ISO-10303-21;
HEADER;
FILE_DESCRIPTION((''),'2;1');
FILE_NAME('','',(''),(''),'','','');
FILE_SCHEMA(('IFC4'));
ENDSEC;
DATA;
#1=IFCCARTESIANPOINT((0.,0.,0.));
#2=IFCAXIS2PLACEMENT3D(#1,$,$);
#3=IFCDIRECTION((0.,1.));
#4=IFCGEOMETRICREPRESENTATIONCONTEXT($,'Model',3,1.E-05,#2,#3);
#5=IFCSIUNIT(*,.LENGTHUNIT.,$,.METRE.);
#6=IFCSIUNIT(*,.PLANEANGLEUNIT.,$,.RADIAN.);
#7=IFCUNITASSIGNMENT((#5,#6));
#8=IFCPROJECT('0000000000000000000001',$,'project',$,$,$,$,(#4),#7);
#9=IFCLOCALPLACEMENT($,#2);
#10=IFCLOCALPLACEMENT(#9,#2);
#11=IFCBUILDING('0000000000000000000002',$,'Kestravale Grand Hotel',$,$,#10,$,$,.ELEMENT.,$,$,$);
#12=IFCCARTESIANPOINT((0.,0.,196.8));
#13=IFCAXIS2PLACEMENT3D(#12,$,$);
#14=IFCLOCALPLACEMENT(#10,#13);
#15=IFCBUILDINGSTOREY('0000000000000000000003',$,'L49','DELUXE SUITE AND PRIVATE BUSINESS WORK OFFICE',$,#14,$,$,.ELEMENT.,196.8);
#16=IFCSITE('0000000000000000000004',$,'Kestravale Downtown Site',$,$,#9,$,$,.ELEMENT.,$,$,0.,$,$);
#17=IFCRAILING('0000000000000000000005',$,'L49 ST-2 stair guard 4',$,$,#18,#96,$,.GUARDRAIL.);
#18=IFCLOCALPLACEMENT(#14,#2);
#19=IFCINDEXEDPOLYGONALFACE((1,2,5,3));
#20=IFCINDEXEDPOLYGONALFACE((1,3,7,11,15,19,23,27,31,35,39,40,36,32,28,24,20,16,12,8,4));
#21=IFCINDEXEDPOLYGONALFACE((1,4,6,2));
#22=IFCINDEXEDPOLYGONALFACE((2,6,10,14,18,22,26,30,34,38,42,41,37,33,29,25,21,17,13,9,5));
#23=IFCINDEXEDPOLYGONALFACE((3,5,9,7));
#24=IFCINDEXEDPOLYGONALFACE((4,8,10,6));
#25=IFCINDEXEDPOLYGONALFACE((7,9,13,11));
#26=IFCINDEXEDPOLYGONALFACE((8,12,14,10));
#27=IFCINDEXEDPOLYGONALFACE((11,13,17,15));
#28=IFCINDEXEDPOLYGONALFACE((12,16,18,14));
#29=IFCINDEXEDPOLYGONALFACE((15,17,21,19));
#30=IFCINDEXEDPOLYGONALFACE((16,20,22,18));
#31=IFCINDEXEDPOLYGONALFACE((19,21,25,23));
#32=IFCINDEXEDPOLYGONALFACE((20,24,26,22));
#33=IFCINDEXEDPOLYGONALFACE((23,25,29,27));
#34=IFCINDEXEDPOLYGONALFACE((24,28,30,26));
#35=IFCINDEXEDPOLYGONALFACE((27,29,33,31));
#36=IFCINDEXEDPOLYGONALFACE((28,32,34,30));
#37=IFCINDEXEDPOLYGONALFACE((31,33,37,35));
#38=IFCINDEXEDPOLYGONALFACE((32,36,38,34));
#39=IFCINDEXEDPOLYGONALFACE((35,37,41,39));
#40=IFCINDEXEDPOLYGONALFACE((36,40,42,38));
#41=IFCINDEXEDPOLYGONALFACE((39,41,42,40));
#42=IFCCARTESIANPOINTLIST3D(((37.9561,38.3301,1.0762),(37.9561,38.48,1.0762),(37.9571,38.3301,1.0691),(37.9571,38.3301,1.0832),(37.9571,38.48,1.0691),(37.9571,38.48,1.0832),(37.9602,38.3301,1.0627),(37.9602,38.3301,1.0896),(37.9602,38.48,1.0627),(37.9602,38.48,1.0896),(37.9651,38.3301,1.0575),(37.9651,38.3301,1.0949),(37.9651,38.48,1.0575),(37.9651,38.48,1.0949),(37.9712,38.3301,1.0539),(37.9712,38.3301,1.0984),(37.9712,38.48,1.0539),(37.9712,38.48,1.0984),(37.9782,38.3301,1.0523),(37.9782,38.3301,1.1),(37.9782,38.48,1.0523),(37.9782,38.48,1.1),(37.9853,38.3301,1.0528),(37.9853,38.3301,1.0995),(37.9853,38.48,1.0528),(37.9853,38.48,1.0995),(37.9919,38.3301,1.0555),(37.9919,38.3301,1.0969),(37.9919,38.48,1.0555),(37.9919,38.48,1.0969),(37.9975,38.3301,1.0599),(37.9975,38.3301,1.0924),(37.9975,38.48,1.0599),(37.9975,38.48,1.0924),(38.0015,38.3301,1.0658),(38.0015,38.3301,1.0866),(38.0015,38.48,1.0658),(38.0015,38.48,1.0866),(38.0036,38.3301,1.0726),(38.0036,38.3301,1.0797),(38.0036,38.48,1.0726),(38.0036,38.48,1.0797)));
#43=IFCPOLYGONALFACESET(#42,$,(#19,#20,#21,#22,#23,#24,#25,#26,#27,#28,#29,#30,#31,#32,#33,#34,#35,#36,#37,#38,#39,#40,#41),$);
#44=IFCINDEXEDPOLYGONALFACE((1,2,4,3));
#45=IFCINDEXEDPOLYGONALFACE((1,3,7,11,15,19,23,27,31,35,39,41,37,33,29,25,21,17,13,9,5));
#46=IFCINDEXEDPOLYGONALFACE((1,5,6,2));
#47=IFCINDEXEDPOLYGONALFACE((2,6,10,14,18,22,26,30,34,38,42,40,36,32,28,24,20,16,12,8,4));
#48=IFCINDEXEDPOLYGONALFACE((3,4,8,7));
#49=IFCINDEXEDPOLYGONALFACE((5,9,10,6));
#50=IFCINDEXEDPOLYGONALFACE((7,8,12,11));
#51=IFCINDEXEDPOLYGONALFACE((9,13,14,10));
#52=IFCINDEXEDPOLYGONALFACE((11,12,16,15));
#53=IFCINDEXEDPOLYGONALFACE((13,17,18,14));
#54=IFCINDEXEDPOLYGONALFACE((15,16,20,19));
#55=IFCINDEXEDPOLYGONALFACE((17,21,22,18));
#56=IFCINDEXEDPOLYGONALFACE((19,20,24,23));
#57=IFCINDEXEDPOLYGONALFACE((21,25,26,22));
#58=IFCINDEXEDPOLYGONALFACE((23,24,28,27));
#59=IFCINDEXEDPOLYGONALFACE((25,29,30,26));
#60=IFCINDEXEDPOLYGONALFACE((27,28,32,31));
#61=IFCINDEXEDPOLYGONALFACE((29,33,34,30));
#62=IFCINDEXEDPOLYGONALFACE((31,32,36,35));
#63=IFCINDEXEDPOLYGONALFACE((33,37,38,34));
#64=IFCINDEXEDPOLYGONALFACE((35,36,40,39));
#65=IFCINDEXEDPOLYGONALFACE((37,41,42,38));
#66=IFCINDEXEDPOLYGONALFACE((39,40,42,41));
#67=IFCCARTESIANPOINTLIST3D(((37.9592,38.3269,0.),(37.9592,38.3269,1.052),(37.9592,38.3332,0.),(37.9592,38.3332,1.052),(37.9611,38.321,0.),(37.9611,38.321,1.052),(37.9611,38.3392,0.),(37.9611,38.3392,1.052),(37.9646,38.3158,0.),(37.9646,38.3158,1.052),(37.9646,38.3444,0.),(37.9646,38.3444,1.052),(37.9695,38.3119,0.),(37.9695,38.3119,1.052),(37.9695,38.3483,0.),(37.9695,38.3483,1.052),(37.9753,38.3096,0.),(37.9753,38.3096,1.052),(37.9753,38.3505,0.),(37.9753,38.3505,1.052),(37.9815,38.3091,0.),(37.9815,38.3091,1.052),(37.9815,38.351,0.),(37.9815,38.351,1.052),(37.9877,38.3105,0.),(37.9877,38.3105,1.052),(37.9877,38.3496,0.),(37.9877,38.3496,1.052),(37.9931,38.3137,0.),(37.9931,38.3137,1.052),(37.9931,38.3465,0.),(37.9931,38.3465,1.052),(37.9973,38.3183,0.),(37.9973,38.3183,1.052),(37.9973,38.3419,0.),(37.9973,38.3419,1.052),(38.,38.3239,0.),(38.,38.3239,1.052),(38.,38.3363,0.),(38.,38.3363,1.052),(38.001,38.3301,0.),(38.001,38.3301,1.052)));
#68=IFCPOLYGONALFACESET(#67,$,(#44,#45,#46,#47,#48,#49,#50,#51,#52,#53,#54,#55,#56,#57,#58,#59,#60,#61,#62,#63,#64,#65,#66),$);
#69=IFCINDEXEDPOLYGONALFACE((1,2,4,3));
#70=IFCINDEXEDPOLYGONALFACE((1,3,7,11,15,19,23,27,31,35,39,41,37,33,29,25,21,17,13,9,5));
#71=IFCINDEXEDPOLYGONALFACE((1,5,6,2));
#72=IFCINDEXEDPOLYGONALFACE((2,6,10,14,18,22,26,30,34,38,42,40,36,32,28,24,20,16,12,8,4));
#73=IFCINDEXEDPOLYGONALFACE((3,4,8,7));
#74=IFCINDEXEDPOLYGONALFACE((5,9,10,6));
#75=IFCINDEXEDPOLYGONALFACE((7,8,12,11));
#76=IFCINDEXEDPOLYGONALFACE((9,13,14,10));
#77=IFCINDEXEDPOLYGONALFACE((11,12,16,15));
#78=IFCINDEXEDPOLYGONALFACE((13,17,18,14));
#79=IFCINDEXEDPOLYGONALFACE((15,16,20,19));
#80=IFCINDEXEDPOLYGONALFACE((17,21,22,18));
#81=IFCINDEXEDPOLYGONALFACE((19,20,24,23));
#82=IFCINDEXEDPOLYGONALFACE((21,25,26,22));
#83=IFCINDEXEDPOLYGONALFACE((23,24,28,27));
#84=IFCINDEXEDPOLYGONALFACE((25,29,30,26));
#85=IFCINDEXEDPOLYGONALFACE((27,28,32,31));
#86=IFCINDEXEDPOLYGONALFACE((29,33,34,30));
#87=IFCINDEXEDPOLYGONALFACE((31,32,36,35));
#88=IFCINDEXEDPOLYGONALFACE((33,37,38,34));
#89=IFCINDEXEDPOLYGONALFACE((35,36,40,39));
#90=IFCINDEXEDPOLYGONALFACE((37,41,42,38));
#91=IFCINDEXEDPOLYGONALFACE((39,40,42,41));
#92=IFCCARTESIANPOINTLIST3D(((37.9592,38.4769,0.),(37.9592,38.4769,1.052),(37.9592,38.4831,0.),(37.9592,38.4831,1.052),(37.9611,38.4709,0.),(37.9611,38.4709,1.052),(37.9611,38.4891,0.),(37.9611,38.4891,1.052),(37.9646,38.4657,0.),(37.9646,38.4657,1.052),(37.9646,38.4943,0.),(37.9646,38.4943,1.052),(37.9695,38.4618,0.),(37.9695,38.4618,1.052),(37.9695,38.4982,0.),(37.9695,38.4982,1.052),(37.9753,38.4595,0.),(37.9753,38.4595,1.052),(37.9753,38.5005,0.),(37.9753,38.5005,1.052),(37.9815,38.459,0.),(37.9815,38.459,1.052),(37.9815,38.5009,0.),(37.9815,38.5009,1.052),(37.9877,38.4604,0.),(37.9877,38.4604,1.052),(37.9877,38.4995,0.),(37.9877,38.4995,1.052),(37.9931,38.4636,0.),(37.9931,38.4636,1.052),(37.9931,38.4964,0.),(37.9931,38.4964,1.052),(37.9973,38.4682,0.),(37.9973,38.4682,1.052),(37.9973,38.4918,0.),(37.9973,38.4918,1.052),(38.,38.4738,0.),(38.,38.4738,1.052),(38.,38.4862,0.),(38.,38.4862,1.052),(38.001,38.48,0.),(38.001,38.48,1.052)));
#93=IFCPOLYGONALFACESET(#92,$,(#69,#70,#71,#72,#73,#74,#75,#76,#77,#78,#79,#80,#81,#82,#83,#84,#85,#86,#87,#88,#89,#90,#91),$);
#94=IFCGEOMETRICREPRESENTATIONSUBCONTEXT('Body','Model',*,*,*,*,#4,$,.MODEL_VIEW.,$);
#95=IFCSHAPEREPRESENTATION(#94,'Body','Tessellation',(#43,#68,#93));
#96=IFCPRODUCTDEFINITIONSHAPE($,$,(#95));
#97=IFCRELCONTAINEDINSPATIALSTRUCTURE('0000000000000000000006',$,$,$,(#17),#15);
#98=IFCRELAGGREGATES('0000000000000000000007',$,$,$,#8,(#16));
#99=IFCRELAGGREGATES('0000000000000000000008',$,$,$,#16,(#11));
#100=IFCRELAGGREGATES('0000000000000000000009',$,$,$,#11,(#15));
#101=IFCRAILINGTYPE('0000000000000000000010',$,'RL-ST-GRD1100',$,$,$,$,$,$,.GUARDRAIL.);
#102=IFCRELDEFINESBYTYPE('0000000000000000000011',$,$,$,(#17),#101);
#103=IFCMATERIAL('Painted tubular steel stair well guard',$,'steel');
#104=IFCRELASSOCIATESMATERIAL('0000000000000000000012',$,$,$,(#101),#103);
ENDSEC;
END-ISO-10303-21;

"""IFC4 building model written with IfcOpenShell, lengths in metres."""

from ifc_helpers import new_model, si_unit, direction, frame, origin, origin_2d, place, context, subcontext, project, spatial, circle, extrude, material, type_object, element, save


model = new_model("IFC4")

# Units and contexts
model_context = context("Model", 3, precision=1e-05, world=origin(), true_north=direction((0.0, 1.0)))
body_context = subcontext(model_context, "Body", "Model", "MODEL_VIEW")
ifc_project = project(units=[si_unit("LENGTHUNIT", "METRE"), si_unit("PLANEANGLEUNIT", "RADIAN")], contexts=[model_context])

# Site, building, storey
site_placement = place(None, origin())
site = spatial("IfcSite", under=ifc_project, at=site_placement, Name="Kestravale Downtown Site", CompositionType="ELEMENT", RefElevation=0.0)
building_placement = place(site_placement, origin())
building = spatial("IfcBuilding", under=site, at=building_placement, Name="Kestravale Grand Hotel", CompositionType="ELEMENT")
storey_placement = place(building_placement, frame((0.0, 0.0, 196.8)))
storey = spatial("IfcBuildingStorey", under=building, at=storey_placement, Name="L49", Description="DELUXE SUITE AND PRIVATE BUSINESS WORK OFFICE", CompositionType="ELEMENT", Elevation=196.8)

# Railing
ifc_material_1 = material(Name="Painted tubular steel stair well guard", Category="steel")
railing_type_1 = type_object("IfcRailingType", Name="RL-ST-GRD1100", PredefinedType="GUARDRAIL", material=ifc_material_1)
railing_1_placement = place(storey_placement, frame((37.98, 38.3301, 0.0)))
element("IfcRailing", 1, at=railing_1_placement, inside=storey, type_object=railing_type_1, Name="L49 ST-2 stair guard 4", PredefinedType="GUARDRAIL", context=body_context, shape_type="SweptSolid", body=[
    extrude(circle(Radius=0.0239, at=origin_2d()), frame((0.0, 0.0, 1.0762), z_axis=(0.0, 1.0, 0.0), x_axis=(-1.0, 0.0, 0.0)), (0.0, 0.0, 1.0), 0.1499),
    extrude(circle(Radius=0.021, at=origin_2d()), origin(), (0.0, 0.0, 1.0), 1.052),
    extrude(circle(Radius=0.021, at=origin_2d()), frame((0.0, 0.1499, 0.0)), (0.0, 0.0, 1.0), 1.052),
])

save(model, "model.ifc")
